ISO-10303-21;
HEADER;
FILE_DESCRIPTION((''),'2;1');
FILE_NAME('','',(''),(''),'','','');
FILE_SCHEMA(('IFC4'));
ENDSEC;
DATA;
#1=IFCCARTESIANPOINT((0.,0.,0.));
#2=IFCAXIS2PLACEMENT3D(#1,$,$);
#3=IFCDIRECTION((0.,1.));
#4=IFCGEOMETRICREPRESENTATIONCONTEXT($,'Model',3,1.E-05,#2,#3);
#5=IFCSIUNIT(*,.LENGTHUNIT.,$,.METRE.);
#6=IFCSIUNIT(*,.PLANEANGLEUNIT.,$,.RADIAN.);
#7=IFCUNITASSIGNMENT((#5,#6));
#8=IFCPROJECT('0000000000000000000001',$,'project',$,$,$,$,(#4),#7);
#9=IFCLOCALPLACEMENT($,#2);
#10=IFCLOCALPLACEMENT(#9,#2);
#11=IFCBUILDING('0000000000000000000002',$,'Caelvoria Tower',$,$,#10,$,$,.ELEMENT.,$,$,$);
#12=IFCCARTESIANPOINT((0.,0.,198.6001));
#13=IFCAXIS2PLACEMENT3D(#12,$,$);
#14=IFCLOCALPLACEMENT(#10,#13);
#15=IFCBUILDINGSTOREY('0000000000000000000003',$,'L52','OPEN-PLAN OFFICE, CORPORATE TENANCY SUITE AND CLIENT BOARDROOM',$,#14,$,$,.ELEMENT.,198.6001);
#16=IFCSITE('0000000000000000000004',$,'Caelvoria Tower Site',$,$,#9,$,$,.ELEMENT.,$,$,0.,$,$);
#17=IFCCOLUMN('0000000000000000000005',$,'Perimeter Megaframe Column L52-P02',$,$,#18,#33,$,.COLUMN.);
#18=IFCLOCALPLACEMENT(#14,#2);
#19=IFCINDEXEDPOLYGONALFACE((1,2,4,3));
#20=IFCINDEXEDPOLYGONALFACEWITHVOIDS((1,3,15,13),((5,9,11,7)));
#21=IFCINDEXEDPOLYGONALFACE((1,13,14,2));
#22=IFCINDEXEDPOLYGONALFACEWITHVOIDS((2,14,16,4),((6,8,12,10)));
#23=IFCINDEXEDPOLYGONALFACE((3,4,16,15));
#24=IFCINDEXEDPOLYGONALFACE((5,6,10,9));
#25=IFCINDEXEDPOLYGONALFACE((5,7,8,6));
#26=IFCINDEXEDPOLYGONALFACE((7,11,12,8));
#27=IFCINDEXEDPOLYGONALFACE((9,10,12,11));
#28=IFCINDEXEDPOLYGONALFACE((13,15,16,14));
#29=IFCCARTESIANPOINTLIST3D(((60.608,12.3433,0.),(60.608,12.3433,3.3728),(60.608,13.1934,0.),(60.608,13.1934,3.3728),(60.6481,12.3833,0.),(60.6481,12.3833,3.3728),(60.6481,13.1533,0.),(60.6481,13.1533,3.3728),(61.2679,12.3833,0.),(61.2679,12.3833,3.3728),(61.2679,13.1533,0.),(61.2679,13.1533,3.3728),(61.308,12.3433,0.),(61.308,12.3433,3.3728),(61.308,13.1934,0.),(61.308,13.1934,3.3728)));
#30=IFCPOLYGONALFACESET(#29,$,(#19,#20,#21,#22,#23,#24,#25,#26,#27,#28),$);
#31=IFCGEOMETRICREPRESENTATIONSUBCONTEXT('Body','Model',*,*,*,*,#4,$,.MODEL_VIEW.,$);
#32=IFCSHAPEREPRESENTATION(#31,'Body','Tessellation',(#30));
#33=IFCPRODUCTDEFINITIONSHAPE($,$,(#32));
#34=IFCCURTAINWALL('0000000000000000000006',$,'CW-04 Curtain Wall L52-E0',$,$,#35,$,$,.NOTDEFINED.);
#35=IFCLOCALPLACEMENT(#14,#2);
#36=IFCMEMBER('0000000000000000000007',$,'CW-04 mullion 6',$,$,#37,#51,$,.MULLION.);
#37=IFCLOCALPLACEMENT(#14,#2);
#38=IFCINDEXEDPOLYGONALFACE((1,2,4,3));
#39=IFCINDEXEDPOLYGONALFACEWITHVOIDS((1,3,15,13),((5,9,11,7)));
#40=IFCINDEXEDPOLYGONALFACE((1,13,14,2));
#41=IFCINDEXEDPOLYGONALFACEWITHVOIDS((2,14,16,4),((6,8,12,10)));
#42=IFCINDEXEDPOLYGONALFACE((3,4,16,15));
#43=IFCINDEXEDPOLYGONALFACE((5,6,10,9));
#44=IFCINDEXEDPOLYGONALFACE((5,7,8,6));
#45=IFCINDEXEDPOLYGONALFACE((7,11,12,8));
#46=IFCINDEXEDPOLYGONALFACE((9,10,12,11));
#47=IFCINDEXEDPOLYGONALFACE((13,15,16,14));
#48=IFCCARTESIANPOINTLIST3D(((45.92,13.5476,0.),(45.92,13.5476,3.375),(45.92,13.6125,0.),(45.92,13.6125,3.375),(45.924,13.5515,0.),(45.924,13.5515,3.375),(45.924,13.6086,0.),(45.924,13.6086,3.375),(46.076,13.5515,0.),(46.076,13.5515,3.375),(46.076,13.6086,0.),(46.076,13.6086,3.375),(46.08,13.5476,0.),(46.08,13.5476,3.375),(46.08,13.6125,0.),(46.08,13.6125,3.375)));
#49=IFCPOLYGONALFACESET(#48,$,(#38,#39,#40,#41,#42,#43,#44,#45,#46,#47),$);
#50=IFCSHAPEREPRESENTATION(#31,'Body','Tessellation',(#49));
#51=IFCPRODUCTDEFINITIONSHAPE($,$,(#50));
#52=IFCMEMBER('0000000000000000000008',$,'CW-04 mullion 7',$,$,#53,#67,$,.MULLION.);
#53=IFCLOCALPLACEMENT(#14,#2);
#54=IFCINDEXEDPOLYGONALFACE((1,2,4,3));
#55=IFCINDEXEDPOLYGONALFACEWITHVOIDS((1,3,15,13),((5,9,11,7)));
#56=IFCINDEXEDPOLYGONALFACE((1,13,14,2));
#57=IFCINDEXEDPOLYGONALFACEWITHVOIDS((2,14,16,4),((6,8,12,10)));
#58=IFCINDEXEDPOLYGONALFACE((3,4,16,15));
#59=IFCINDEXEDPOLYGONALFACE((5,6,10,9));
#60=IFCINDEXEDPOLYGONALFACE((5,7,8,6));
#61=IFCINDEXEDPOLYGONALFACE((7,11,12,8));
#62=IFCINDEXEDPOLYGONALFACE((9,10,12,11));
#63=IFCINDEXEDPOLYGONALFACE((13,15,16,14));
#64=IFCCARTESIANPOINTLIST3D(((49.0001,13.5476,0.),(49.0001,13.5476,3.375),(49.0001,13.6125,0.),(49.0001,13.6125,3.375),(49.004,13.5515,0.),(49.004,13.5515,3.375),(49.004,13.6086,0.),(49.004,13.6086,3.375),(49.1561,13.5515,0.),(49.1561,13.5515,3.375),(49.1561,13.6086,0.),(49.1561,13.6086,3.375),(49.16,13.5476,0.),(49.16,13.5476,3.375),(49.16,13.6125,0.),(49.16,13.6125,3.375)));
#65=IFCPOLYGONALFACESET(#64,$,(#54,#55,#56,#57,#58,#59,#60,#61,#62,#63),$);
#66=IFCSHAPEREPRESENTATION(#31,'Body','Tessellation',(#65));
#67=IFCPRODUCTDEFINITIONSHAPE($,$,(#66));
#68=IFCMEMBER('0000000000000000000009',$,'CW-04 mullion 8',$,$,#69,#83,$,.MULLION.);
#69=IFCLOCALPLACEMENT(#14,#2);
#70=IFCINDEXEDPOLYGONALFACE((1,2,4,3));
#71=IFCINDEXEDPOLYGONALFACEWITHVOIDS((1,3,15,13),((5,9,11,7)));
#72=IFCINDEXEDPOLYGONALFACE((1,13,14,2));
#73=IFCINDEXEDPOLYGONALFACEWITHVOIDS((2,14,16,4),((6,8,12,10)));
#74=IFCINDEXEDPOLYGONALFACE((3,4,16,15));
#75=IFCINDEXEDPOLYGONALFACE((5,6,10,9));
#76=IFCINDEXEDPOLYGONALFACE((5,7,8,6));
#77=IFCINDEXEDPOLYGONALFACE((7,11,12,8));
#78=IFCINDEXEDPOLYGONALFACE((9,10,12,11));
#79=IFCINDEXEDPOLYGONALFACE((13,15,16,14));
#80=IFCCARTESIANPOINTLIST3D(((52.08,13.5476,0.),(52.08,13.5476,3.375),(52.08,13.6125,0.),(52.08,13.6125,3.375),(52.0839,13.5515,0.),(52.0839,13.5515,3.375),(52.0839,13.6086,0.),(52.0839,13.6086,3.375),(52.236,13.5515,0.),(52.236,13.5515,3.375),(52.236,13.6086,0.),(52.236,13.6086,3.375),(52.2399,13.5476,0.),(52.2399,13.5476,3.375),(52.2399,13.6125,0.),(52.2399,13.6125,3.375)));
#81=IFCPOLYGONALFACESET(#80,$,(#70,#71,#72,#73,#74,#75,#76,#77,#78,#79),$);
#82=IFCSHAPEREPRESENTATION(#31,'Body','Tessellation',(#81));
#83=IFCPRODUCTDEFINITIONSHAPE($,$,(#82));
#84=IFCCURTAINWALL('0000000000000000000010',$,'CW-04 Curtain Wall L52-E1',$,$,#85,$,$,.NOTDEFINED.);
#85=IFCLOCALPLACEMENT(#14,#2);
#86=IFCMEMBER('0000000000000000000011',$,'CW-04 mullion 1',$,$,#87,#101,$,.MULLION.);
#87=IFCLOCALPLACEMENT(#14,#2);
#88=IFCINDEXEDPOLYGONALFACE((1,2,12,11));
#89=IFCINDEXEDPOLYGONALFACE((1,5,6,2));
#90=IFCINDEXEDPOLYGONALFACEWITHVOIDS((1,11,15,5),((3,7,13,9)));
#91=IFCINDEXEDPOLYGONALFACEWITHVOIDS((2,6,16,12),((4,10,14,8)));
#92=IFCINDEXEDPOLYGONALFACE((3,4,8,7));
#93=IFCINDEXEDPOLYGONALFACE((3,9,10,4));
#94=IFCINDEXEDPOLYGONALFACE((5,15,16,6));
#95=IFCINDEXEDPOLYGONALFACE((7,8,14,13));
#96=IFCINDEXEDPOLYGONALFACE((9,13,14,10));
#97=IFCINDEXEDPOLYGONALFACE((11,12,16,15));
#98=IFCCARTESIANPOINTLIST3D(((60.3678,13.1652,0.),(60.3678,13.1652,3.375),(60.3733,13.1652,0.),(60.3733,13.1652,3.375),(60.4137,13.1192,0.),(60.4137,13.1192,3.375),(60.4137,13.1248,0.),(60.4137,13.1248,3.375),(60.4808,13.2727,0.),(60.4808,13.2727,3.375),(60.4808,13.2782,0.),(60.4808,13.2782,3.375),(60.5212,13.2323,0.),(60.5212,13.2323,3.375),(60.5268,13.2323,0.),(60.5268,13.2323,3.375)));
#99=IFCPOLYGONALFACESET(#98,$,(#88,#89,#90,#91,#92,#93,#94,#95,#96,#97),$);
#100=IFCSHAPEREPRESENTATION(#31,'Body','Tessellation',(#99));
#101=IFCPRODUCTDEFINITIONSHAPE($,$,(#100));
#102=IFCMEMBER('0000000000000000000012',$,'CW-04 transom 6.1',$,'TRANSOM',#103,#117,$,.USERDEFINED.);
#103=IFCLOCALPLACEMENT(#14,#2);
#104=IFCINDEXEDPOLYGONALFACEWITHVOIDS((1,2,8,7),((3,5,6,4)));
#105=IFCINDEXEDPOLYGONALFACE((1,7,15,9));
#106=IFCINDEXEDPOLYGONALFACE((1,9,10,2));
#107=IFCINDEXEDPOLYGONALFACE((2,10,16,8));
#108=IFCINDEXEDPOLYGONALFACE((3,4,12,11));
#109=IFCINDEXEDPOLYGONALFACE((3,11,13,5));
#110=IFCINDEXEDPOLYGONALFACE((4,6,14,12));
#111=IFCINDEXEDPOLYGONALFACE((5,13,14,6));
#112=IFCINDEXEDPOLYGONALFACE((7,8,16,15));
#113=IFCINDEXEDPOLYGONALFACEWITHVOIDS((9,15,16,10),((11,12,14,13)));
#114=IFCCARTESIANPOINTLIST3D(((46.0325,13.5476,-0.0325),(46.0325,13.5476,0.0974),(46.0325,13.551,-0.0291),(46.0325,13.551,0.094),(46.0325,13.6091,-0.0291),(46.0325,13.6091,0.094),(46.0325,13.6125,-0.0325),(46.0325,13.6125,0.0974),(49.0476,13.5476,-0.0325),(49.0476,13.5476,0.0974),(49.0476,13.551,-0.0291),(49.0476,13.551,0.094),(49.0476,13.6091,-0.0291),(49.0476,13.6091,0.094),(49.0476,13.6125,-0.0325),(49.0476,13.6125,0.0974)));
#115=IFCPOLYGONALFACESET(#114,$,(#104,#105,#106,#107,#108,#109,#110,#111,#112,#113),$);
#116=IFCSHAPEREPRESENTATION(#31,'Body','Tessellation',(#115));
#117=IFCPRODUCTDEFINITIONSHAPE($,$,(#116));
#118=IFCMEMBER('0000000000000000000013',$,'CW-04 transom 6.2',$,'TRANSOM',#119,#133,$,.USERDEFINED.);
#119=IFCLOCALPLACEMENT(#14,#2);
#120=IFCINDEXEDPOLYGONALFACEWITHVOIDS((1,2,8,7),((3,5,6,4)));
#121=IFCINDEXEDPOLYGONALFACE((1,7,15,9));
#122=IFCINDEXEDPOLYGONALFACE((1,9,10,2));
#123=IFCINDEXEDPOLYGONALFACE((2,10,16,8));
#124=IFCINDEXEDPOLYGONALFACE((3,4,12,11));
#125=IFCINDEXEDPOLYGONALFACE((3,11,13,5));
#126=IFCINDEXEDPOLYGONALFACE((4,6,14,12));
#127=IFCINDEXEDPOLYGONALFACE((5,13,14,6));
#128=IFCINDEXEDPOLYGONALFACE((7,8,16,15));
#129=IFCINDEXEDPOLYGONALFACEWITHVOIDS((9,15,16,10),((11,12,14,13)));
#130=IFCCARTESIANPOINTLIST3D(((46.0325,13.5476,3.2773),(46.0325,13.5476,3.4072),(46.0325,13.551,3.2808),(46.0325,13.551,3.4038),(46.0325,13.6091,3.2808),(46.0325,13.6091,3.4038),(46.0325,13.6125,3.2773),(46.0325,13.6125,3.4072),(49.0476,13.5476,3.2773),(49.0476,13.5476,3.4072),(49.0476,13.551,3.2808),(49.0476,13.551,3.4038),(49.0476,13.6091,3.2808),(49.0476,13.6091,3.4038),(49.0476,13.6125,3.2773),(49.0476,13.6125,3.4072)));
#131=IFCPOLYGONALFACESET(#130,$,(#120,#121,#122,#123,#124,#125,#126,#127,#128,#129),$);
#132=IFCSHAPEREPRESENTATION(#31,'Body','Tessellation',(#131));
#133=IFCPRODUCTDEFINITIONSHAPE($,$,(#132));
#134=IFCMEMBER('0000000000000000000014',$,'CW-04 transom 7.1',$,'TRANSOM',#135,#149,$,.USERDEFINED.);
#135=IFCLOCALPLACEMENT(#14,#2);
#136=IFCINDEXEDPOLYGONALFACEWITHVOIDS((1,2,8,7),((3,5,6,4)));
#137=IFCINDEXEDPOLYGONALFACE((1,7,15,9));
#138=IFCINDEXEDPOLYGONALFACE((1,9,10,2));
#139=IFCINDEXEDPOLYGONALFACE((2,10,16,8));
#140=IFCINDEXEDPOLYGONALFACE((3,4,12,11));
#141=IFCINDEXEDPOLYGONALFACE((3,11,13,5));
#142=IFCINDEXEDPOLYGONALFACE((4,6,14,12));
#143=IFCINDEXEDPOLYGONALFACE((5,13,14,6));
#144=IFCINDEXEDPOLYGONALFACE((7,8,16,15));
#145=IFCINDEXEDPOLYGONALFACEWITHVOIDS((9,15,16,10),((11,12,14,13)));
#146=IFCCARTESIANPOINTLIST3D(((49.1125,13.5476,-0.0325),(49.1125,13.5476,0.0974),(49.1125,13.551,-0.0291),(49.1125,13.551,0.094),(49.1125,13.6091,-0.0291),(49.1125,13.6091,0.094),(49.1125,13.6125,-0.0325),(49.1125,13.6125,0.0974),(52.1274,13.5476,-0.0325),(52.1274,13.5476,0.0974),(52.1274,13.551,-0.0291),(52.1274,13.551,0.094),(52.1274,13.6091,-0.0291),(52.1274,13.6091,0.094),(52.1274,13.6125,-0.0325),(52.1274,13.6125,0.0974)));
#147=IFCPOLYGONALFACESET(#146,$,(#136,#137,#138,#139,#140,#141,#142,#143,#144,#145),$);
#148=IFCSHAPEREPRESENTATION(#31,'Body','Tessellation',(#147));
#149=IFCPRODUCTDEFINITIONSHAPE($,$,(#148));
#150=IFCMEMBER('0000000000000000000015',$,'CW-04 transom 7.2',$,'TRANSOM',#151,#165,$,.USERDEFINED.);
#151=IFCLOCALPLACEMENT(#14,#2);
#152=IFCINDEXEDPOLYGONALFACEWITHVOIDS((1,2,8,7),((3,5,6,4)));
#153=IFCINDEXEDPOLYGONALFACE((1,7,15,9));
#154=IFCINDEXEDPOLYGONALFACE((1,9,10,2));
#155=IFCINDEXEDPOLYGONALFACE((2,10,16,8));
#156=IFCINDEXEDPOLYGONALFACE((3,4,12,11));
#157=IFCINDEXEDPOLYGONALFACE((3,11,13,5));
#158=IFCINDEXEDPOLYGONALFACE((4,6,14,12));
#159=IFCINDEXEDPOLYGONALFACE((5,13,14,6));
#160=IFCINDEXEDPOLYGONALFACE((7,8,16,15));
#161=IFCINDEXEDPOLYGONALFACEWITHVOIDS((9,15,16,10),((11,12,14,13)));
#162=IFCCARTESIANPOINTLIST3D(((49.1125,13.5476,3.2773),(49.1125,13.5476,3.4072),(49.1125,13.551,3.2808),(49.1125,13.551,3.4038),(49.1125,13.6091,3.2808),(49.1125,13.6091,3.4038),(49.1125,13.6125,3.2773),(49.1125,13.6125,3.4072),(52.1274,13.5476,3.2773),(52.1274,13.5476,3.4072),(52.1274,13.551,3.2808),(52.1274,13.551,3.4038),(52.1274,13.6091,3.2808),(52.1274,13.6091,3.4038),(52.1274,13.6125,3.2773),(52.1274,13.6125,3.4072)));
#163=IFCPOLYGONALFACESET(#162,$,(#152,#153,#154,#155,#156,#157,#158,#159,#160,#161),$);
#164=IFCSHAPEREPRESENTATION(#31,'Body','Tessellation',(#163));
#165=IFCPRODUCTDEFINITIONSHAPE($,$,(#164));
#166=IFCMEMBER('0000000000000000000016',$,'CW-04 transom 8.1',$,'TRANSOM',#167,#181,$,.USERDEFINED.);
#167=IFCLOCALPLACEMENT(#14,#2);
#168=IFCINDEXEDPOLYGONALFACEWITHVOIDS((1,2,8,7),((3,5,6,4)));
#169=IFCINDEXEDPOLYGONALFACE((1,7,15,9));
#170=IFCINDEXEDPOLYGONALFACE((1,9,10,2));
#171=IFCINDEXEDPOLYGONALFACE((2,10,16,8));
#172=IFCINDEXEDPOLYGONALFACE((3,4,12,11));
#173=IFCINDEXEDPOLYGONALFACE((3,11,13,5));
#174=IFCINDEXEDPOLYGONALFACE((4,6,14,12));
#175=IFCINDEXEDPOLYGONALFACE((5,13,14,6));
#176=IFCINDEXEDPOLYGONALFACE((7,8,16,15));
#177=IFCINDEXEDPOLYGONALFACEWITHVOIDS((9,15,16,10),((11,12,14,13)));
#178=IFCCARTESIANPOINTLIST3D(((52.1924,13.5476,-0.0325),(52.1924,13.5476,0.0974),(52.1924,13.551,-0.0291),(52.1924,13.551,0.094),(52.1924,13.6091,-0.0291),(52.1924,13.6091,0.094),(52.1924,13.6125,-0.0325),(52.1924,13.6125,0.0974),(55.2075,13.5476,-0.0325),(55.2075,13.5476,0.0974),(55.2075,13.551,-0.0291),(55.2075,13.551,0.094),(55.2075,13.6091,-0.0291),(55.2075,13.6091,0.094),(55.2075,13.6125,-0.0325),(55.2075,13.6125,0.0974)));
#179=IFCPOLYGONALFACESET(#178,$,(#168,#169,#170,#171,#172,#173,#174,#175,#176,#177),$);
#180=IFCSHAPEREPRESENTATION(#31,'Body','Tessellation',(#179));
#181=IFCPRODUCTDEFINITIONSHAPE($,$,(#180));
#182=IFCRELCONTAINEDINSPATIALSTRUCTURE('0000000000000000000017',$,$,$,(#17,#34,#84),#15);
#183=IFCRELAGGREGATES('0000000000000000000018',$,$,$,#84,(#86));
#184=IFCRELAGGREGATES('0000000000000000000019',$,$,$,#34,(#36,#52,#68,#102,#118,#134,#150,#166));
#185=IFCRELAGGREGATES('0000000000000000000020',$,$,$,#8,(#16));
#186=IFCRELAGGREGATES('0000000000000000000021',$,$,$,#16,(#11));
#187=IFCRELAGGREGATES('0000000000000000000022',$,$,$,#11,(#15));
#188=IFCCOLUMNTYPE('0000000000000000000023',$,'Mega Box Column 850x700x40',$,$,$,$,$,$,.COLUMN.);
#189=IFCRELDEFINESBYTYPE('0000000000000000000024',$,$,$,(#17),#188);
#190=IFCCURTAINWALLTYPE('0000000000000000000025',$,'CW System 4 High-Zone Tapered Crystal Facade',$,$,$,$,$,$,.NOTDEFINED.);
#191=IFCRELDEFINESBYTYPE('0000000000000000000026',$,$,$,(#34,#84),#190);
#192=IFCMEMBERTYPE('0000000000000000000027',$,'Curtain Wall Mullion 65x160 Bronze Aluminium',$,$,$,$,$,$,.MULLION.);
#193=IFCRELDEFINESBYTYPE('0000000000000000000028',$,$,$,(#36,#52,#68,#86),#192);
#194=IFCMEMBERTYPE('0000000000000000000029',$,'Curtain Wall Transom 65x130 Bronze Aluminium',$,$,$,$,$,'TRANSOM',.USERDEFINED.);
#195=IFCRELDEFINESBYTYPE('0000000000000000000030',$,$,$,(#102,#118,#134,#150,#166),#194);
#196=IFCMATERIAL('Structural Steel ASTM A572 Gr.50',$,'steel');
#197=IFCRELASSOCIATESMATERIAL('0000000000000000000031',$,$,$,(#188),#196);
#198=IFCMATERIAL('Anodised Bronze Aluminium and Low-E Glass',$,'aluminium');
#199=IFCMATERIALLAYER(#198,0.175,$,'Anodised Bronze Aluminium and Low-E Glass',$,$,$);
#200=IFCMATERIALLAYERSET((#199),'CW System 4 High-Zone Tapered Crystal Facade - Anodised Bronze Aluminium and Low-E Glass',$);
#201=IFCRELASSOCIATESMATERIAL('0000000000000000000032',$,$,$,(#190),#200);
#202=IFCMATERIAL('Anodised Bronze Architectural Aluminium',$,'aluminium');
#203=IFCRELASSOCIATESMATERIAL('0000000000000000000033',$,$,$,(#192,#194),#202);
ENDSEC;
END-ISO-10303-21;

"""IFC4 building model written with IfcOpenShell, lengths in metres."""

from ifc_helpers import new_model, si_unit, direction, frame, origin, origin_2d, place, context, subcontext, project, spatial, hollow_rectangle, extrude, material, layer, layer_set, material_profile, profile_set, type_object, element, aggregate, save


model = new_model("IFC4")

# Units and contexts
model_context = context("Model", 3, precision=1e-05, world=origin(), true_north=direction((0.0, 1.0)))
body_context = subcontext(model_context, "Body", "Model", "MODEL_VIEW")
ifc_project = project(units=[si_unit("LENGTHUNIT", "METRE"), si_unit("PLANEANGLEUNIT", "RADIAN")], contexts=[model_context])

# Site, building, storey
site_placement = place(None, origin())
site = spatial("IfcSite", under=ifc_project, at=site_placement, Name="Caelvoria Tower Site", CompositionType="ELEMENT", RefElevation=0.0)
building_placement = place(site_placement, origin())
building = spatial("IfcBuilding", under=site, at=building_placement, Name="Caelvoria Tower", CompositionType="ELEMENT")
storey_placement = place(building_placement, frame((0.0, 0.0, 198.6001)))
storey = spatial("IfcBuildingStorey", under=building, at=storey_placement, Name="L52", Description="OPEN-PLAN OFFICE, CORPORATE TENANCY SUITE AND CLIENT BOARDROOM", CompositionType="ELEMENT", Elevation=198.6001)

# Column
ifc_material_1 = material(Name="Structural Steel ASTM A572 Gr.50", Category="steel")
ifc_material_profile_1 = material_profile(ifc_material_1, hollow_rectangle(XDim=0.7, YDim=0.8501, WallThickness=0.04, at=origin_2d()), Name="Structural Steel ASTM A572 Gr.50")
ifc_profile_set_1 = profile_set([ifc_material_profile_1], Name="BOX850X700X40 - Structural Steel ASTM A572 Gr.50")
column_type = type_object("IfcColumnType", Name="Mega Box Column 850x700x40", PredefinedType="COLUMN", material=ifc_profile_set_1)
column_placement = place(storey_placement, frame((60.958, 12.7683, 0.0), z_axis=(0.0, 0.0, 1.0), x_axis=(1.0, 0.0, 0.0)))
element("IfcColumn", 1, at=column_placement, inside=storey, type_object=column_type, Name="Perimeter Megaframe Column L52-P02", PredefinedType="COLUMN", context=body_context, shape_type="SweptSolid", body=[
    extrude(hollow_rectangle(XDim=0.7, YDim=0.8501, WallThickness=0.04, at=origin_2d()), origin(), (0.0, 0.0, 1.0), 3.3728),
])

# Curtain wall, members
ifc_material_2 = material(Name="Anodised Bronze Aluminium and Low-E Glass", Category="aluminium")
ifc_layer_1 = layer(ifc_material_2, 0.175, Name="Anodised Bronze Aluminium and Low-E Glass")
ifc_layer_set_1 = layer_set([ifc_layer_1], Name="CW System 4 High-Zone Tapered Crystal Facade - Anodised Bronze Aluminium and Low-E Glass")
curtain_wall_type = type_object("IfcCurtainWallType", Name="CW System 4 High-Zone Tapered Crystal Facade", PredefinedType="NOTDEFINED", material=ifc_layer_set_1)
curtain_wall_1_placement = place(storey_placement, origin())
curtain_wall_1 = element("IfcCurtainWall", 2, at=curtain_wall_1_placement, inside=storey, type_object=curtain_wall_type, Name="CW-04 Curtain Wall L52-E0", PredefinedType="NOTDEFINED")
ifc_material_3 = material(Name="Anodised Bronze Architectural Aluminium", Category="aluminium")
ifc_material_profile_2 = material_profile(ifc_material_3, hollow_rectangle(XDim=0.0649, YDim=0.1599, WallThickness=0.0039, at=origin_2d()), Name="Anodised Bronze Architectural Aluminium")
ifc_profile_set_2 = profile_set([ifc_material_profile_2], Name="CW_MULL_65X160 - Anodised Bronze Architectural Aluminium")
member_type_1 = type_object("IfcMemberType", Name="Curtain Wall Mullion 65x160 Bronze Aluminium", PredefinedType="MULLION", material=ifc_profile_set_2)
member_1_placement = place(storey_placement, frame((46.0, 13.5801, 0.0), z_axis=(0.0, 0.0, 1.0), x_axis=(0.0, 1.0, 0.0)))
member_1 = element("IfcMember", 3, at=member_1_placement, type_object=member_type_1, Name="CW-04 mullion 6", PredefinedType="MULLION", context=body_context, shape_type="SweptSolid", body=[
    extrude(hollow_rectangle(XDim=0.0649, YDim=0.1599, WallThickness=0.0039, at=origin_2d()), origin(), (0.0, 0.0, 1.0), 3.375),
])
member_2_placement = place(storey_placement, frame((49.0801, 13.5801, 0.0), z_axis=(0.0, 0.0, 1.0), x_axis=(0.0, 1.0, 0.0)))
member_2 = element("IfcMember", 4, at=member_2_placement, type_object=member_type_1, Name="CW-04 mullion 7", PredefinedType="MULLION", context=body_context, shape_type="SweptSolid", body=[
    extrude(hollow_rectangle(XDim=0.0649, YDim=0.1599, WallThickness=0.0039, at=origin_2d()), origin(), (0.0, 0.0, 1.0), 3.375),
])
member_3_placement = place(storey_placement, frame((52.1599, 13.5801, 0.0), z_axis=(0.0, 0.0, 1.0), x_axis=(0.0, 1.0, 0.0)))
member_3 = element("IfcMember", 5, at=member_3_placement, type_object=member_type_1, Name="CW-04 mullion 8", PredefinedType="MULLION", context=body_context, shape_type="SweptSolid", body=[
    extrude(hollow_rectangle(XDim=0.0649, YDim=0.1599, WallThickness=0.0039, at=origin_2d()), origin(), (0.0, 0.0, 1.0), 3.375),
])

# Curtain wall, member
curtain_wall_2_placement = place(storey_placement, origin())
curtain_wall_2 = element("IfcCurtainWall", 6, at=curtain_wall_2_placement, inside=storey, type_object=curtain_wall_type, Name="CW-04 Curtain Wall L52-E1", PredefinedType="NOTDEFINED")
member_4_placement = place(storey_placement, frame((60.4473, 13.1987, 0.0), z_axis=(0.0, 0.0, 1.0), x_axis=(-0.707107, 0.707107, 0.0)))
member_4 = element("IfcMember", 7, at=member_4_placement, type_object=member_type_1, Name="CW-04 mullion 1", PredefinedType="MULLION", context=body_context, shape_type="SweptSolid", body=[
    extrude(hollow_rectangle(XDim=0.0649, YDim=0.1599, WallThickness=0.0039, at=origin_2d()), origin(), (0.0, 0.0, 1.0), 3.375),
])

# Members
ifc_material_profile_3 = material_profile(ifc_material_3, hollow_rectangle(XDim=0.0649, YDim=0.1299, WallThickness=0.0034, at=origin_2d()), Name="Anodised Bronze Architectural Aluminium")
ifc_profile_set_3 = profile_set([ifc_material_profile_3], Name="CW_TRAN_65X130 - Anodised Bronze Architectural Aluminium")
member_type_2 = type_object("IfcMemberType", Name="Curtain Wall Transom 65x130 Bronze Aluminium", ElementType="TRANSOM", PredefinedType="USERDEFINED", material=ifc_profile_set_3)
member_5_placement = place(storey_placement, frame((46.0325, 13.5801, 0.0325), z_axis=(1.0, 0.0, 0.0), x_axis=(0.0, 1.0, 0.0)))
member_5 = element("IfcMember", 8, at=member_5_placement, type_object=member_type_2, Name="CW-04 transom 6.1", ObjectType="TRANSOM", PredefinedType="USERDEFINED", context=body_context, shape_type="SweptSolid", body=[
    extrude(hollow_rectangle(XDim=0.0649, YDim=0.1299, WallThickness=0.0034, at=origin_2d()), origin(), (0.0, 0.0, 1.0), 3.0151),
])
member_6_placement = place(storey_placement, frame((46.0325, 13.5801, 3.3423), z_axis=(1.0, 0.0, 0.0), x_axis=(0.0, 1.0, 0.0)))
member_6 = element("IfcMember", 9, at=member_6_placement, type_object=member_type_2, Name="CW-04 transom 6.2", ObjectType="TRANSOM", PredefinedType="USERDEFINED", context=body_context, shape_type="SweptSolid", body=[
    extrude(hollow_rectangle(XDim=0.0649, YDim=0.1299, WallThickness=0.0034, at=origin_2d()), origin(), (0.0, 0.0, 1.0), 3.0151),
])
member_7_placement = place(storey_placement, frame((49.1125, 13.5801, 0.0325), z_axis=(1.0, 0.0, 0.0), x_axis=(0.0, 1.0, 0.0)))
member_7 = element("IfcMember", 10, at=member_7_placement, type_object=member_type_2, Name="CW-04 transom 7.1", ObjectType="TRANSOM", PredefinedType="USERDEFINED", context=body_context, shape_type="SweptSolid", body=[
    extrude(hollow_rectangle(XDim=0.0649, YDim=0.1299, WallThickness=0.0034, at=origin_2d()), origin(), (0.0, 0.0, 1.0), 3.0149),
])
member_8_placement = place(storey_placement, frame((49.1125, 13.5801, 3.3423), z_axis=(1.0, 0.0, 0.0), x_axis=(0.0, 1.0, 0.0)))
member_8 = element("IfcMember", 11, at=member_8_placement, type_object=member_type_2, Name="CW-04 transom 7.2", ObjectType="TRANSOM", PredefinedType="USERDEFINED", context=body_context, shape_type="SweptSolid", body=[
    extrude(hollow_rectangle(XDim=0.0649, YDim=0.1299, WallThickness=0.0034, at=origin_2d()), origin(), (0.0, 0.0, 1.0), 3.0149),
])
member_9_placement = place(storey_placement, frame((52.1924, 13.5801, 0.0325), z_axis=(1.0, 0.0, 0.0), x_axis=(0.0, 1.0, 0.0)))
member_9 = element("IfcMember", 12, at=member_9_placement, type_object=member_type_2, Name="CW-04 transom 8.1", ObjectType="TRANSOM", PredefinedType="USERDEFINED", context=body_context, shape_type="SweptSolid", body=[
    extrude(hollow_rectangle(XDim=0.0649, YDim=0.1299, WallThickness=0.0034, at=origin_2d()), origin(), (0.0, 0.0, 1.0), 3.0151),
])
aggregate(curtain_wall_2, [member_4])

aggregate(curtain_wall_1, [member_1, member_2, member_3, member_5, member_6, member_7, member_8, member_9])

save(model, "model.ifc")
